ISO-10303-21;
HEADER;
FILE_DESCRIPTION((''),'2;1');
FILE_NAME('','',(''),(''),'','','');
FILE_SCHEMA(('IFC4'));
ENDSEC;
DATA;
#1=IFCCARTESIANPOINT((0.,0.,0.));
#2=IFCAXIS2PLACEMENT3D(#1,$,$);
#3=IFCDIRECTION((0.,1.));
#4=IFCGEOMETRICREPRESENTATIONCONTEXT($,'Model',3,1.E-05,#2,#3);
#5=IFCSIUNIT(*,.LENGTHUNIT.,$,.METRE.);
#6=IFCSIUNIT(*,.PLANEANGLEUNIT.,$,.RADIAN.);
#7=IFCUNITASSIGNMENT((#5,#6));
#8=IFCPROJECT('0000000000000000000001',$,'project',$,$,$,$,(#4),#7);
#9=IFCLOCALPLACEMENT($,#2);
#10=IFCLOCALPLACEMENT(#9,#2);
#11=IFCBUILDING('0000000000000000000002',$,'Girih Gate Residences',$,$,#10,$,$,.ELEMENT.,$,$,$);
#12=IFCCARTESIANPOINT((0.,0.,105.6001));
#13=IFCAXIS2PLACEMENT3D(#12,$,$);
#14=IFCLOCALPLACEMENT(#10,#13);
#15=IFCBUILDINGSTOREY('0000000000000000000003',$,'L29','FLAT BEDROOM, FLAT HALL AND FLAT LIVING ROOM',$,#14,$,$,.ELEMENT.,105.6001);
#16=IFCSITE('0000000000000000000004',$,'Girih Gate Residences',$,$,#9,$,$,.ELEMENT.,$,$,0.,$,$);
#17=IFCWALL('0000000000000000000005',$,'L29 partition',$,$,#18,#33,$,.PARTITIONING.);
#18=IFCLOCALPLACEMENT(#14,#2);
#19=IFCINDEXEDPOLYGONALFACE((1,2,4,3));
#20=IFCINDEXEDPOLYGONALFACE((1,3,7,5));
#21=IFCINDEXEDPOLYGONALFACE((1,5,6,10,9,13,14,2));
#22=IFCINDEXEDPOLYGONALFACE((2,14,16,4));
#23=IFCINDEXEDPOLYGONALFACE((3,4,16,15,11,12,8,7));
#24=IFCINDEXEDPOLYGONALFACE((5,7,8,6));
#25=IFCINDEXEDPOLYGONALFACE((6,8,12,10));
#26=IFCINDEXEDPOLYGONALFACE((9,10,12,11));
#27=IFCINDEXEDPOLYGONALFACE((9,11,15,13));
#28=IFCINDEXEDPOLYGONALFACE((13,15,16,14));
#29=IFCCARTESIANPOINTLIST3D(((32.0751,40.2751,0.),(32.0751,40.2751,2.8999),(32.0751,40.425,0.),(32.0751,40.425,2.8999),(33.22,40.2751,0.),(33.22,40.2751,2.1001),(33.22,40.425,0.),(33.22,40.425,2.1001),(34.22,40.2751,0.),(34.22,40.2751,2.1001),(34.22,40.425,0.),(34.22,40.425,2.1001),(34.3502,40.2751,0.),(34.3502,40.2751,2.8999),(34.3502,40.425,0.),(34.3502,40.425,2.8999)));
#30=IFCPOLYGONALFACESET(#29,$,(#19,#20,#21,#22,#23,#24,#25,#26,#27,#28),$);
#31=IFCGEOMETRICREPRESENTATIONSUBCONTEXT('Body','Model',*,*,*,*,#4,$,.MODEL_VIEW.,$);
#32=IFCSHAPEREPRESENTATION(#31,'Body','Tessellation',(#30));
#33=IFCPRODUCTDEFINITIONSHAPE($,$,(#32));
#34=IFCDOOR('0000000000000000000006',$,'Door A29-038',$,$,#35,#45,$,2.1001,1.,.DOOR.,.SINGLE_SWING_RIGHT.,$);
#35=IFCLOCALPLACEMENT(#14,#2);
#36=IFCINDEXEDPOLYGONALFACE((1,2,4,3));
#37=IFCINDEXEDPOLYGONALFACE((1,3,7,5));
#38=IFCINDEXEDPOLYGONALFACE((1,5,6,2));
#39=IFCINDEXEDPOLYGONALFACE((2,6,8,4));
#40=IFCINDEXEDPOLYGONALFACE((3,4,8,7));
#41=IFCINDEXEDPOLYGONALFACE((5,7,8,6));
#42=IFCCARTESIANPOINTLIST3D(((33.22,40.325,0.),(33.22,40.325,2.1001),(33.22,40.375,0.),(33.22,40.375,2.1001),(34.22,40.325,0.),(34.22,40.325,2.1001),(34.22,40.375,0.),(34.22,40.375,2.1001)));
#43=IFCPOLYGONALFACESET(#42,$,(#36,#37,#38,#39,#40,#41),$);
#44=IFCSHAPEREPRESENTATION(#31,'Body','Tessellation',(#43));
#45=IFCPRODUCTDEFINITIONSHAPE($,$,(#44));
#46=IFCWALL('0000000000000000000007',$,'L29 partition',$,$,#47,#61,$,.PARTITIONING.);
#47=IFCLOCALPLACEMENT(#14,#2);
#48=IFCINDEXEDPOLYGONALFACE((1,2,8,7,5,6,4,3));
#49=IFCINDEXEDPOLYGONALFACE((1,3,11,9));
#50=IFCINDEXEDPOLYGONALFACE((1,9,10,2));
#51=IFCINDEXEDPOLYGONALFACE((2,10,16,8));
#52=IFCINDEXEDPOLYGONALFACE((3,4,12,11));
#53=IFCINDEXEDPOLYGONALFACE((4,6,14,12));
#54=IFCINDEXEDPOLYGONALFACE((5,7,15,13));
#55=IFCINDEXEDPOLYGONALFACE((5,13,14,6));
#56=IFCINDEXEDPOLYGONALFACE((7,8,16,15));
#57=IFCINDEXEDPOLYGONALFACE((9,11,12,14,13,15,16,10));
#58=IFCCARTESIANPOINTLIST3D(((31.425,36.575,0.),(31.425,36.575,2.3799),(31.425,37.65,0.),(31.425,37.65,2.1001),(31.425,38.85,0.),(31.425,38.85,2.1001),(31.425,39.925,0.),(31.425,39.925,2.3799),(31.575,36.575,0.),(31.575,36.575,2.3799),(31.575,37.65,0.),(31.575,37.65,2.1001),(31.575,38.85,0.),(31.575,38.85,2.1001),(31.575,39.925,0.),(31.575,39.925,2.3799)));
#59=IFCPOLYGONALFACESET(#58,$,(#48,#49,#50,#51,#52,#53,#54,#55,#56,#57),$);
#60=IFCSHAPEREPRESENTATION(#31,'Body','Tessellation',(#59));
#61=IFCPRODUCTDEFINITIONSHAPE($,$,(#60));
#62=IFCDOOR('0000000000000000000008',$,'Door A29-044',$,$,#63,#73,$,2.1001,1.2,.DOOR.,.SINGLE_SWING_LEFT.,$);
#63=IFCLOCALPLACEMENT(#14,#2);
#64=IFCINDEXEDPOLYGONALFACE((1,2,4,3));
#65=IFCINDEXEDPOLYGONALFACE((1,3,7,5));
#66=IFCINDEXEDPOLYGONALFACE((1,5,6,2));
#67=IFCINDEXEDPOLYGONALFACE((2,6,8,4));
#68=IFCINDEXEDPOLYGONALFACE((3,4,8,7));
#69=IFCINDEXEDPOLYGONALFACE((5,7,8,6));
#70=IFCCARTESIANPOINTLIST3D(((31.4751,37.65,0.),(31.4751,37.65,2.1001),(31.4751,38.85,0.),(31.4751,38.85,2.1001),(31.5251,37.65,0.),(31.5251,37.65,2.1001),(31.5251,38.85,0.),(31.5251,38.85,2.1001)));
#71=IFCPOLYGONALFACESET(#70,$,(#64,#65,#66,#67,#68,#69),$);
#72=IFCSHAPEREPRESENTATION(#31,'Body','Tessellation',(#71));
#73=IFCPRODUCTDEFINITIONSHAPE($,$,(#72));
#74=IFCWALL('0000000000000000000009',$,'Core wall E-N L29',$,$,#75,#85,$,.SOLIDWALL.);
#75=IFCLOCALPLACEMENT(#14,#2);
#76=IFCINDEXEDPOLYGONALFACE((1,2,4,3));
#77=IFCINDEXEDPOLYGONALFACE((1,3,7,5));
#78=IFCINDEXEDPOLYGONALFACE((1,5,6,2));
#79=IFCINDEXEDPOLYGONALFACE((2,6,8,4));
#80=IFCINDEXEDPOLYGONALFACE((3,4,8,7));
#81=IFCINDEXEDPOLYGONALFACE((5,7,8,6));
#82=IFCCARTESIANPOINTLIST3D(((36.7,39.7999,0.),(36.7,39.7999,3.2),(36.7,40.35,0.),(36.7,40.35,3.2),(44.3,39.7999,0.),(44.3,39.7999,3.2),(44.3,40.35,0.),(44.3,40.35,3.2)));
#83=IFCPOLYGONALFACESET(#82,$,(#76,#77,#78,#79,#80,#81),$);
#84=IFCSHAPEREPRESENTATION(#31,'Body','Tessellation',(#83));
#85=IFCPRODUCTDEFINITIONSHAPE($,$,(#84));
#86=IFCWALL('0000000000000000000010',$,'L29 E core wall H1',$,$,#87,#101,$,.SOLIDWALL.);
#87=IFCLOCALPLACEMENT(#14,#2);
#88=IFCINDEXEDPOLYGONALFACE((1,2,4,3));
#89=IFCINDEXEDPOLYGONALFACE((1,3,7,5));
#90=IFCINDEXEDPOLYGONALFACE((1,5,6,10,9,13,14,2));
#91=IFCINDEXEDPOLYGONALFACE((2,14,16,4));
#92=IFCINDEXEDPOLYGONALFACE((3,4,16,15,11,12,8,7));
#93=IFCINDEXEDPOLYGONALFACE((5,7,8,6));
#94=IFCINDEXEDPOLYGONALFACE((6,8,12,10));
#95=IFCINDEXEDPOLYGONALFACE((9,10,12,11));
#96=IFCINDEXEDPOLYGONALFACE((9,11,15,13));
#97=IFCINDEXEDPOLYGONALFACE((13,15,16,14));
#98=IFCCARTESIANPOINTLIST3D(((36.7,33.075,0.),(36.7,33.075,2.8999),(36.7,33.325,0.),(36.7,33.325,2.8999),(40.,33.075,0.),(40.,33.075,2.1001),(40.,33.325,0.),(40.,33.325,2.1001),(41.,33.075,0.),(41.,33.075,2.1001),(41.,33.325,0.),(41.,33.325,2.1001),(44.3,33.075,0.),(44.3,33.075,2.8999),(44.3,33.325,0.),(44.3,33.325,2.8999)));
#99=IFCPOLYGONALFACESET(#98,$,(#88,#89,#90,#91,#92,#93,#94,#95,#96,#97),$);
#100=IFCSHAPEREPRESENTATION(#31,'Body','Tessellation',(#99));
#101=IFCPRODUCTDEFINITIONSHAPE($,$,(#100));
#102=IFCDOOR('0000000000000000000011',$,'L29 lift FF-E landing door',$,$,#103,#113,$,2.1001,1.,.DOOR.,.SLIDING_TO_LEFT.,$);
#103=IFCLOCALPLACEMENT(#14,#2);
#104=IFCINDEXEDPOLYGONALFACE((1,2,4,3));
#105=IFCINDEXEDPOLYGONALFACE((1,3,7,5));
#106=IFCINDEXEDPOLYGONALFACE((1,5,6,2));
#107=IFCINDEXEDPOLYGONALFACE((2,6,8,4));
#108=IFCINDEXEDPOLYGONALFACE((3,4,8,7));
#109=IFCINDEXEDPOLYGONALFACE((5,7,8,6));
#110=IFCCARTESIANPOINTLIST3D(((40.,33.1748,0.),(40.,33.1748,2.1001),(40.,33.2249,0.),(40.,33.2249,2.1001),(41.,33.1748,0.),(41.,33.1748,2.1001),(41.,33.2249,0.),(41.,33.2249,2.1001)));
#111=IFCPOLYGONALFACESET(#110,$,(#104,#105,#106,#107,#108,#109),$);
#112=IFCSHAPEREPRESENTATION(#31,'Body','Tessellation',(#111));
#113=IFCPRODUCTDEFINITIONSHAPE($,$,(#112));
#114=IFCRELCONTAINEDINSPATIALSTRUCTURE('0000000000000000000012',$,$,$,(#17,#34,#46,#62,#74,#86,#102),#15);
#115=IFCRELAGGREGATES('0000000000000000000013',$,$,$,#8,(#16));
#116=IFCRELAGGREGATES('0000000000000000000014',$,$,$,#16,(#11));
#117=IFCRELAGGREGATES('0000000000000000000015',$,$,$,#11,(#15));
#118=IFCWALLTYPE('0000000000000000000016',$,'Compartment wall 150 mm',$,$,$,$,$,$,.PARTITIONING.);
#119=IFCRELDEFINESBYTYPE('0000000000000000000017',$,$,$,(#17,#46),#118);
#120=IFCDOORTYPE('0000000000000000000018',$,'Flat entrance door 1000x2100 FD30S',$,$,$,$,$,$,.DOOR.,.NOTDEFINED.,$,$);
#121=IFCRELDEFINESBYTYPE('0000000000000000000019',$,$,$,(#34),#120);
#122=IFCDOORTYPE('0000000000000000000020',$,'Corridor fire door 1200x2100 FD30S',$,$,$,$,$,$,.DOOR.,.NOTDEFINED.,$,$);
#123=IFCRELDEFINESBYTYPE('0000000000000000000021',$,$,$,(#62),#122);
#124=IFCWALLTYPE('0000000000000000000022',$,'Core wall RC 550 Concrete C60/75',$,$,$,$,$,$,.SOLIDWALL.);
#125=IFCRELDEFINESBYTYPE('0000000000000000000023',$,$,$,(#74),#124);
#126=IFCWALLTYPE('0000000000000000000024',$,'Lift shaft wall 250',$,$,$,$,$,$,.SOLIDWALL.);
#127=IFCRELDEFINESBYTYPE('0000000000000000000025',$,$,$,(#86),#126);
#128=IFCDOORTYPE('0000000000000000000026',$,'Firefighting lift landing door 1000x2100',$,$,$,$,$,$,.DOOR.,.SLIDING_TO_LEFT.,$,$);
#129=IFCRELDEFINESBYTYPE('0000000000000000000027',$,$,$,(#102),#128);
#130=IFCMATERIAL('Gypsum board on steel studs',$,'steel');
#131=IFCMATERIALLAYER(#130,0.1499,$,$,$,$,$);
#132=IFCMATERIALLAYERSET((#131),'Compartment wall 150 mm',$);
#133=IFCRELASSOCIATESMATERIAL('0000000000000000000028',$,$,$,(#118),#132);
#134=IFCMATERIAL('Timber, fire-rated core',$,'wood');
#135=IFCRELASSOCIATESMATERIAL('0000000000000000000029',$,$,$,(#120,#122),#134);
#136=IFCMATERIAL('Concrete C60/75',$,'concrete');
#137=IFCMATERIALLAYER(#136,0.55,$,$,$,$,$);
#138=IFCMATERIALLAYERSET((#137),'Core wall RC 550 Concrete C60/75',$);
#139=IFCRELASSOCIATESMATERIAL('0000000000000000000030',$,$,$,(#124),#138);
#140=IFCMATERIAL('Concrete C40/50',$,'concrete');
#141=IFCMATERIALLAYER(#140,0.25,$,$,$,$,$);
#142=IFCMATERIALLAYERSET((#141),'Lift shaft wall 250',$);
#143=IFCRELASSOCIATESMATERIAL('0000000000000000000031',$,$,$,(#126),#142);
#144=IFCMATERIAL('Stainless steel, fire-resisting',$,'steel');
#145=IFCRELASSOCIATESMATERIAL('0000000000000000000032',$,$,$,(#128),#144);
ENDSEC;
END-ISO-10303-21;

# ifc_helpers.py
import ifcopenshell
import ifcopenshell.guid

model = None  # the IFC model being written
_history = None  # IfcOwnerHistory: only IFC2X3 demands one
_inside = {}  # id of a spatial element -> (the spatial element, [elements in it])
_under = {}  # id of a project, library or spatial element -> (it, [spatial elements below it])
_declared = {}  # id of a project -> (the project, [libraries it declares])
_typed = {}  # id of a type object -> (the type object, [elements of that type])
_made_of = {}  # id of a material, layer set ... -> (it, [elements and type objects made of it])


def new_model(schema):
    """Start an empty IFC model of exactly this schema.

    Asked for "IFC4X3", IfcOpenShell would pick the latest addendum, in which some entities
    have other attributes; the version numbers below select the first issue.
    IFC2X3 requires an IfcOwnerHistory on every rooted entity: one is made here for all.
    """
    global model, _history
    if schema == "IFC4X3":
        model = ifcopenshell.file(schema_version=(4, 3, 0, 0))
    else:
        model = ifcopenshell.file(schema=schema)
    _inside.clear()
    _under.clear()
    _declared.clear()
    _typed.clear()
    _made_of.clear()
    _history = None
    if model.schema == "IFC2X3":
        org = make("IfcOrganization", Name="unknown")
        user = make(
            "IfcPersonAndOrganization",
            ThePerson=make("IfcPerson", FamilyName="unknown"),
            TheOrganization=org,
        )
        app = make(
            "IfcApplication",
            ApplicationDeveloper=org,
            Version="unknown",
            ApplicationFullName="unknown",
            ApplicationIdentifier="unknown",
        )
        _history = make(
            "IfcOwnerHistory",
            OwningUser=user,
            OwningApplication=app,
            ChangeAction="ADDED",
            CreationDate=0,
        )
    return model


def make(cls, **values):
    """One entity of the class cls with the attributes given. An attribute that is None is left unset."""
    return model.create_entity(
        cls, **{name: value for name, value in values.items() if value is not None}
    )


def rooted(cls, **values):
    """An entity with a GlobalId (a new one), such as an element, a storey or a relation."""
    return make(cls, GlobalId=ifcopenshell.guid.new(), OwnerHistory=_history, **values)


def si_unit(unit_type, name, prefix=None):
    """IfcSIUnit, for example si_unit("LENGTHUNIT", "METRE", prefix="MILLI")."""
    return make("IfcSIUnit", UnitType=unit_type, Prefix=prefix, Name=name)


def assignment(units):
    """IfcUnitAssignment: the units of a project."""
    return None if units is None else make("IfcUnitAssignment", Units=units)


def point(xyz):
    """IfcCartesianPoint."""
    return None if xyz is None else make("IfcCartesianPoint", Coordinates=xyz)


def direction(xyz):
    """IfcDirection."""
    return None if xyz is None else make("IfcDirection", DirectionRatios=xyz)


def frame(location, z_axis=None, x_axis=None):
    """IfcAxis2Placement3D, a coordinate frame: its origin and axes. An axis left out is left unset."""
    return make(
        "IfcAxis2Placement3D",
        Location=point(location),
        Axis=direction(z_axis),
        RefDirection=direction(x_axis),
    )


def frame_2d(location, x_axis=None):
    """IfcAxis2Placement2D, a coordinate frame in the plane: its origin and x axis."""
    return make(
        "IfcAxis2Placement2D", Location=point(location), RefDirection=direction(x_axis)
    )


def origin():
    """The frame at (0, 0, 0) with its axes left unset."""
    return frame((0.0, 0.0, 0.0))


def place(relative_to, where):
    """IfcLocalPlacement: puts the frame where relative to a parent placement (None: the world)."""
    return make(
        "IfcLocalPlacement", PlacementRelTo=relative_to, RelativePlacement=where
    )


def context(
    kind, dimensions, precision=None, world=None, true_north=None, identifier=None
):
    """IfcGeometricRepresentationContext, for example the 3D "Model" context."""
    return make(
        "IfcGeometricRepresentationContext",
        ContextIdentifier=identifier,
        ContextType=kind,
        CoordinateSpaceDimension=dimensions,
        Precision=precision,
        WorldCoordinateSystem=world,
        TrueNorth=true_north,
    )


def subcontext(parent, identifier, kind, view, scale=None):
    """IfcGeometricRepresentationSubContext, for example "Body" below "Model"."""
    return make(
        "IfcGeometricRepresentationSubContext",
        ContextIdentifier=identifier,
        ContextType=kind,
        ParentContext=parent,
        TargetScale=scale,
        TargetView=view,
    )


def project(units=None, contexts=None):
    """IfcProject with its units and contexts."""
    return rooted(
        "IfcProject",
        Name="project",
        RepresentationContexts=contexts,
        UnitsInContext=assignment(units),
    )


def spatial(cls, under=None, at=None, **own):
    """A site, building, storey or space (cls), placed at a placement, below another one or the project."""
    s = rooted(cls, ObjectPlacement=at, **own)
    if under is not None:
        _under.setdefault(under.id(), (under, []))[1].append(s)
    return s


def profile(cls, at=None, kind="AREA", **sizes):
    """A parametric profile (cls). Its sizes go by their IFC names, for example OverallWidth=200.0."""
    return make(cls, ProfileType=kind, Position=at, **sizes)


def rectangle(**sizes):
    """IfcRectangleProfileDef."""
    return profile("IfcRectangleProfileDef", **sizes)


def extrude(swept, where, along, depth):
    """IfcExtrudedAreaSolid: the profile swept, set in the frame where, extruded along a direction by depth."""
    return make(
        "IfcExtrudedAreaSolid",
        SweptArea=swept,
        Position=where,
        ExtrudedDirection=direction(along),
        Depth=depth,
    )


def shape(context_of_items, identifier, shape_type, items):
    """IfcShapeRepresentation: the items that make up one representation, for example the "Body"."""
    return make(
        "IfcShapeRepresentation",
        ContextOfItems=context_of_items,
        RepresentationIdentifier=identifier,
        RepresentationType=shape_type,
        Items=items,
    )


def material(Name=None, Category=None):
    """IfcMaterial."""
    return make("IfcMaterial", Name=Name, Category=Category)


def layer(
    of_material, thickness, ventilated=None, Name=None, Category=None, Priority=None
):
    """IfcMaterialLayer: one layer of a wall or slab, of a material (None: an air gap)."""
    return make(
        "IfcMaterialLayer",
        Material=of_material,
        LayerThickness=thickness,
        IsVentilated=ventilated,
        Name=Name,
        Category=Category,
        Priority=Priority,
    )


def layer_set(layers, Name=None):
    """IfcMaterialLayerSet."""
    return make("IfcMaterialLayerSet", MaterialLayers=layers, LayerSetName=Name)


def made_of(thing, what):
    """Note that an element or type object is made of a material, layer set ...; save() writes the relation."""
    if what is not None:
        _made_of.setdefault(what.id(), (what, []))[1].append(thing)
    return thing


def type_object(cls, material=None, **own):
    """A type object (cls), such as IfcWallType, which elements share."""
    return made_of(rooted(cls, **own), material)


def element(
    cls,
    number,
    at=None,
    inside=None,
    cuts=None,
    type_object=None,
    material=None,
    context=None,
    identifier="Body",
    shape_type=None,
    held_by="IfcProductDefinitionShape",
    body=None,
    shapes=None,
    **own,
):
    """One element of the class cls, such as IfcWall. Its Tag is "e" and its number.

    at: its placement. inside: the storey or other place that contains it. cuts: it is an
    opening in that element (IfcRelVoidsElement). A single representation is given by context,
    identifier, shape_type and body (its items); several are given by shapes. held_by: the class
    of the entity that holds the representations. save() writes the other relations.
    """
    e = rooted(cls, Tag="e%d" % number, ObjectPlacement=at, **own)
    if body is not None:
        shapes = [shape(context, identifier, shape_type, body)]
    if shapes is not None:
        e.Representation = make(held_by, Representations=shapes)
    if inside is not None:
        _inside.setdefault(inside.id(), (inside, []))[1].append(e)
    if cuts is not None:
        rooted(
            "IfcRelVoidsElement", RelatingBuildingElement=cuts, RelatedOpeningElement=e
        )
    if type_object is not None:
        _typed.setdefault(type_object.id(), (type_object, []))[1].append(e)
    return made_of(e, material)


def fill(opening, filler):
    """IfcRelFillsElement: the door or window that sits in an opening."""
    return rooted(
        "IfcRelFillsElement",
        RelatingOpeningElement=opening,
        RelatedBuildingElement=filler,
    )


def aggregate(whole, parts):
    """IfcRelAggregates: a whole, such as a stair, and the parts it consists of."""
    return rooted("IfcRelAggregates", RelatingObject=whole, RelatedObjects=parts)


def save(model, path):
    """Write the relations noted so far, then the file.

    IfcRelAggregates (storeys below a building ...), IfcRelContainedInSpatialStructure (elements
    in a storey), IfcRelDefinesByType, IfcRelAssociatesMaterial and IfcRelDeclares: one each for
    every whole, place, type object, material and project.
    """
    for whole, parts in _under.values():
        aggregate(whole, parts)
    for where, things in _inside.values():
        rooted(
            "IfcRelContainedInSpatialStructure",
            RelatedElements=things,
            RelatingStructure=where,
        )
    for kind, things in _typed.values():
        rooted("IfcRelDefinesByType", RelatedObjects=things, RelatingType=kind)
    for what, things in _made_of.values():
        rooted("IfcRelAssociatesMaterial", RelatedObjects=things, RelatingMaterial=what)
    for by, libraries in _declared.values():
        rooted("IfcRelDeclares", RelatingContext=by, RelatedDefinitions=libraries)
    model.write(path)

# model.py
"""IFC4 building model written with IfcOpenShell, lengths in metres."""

from ifc_helpers import new_model, si_unit, direction, frame, frame_2d, origin, place, context, subcontext, project, spatial, rectangle, extrude, material, layer, layer_set, type_object, element, fill, save


model = new_model("IFC4")

# Units and contexts
model_context = context("Model", 3, precision=1e-05, world=origin(), true_north=direction((0.0, 1.0)))
body_context = subcontext(model_context, "Body", "Model", "MODEL_VIEW")
ifc_project = project(units=[si_unit("LENGTHUNIT", "METRE"), si_unit("PLANEANGLEUNIT", "RADIAN")], contexts=[model_context])

# Site, building, storey
site_placement = place(None, origin())
site = spatial("IfcSite", under=ifc_project, at=site_placement, Name="Girih Gate Residences", CompositionType="ELEMENT", RefElevation=0.0)
building_placement = place(site_placement, origin())
building = spatial("IfcBuilding", under=site, at=building_placement, Name="Girih Gate Residences", CompositionType="ELEMENT")
storey_placement = place(building_placement, frame((0.0, 0.0, 105.6001)))
storey = spatial("IfcBuildingStorey", under=building, at=storey_placement, Name="L29", Description="FLAT BEDROOM, FLAT HALL AND FLAT LIVING ROOM", CompositionType="ELEMENT", Elevation=105.6001)

# Walls, openings, doors
ifc_material_1 = material(Name="Gypsum board on steel studs", Category="steel")
ifc_layer_1 = layer(ifc_material_1, 0.1499)
ifc_layer_set_1 = layer_set([ifc_layer_1], Name="Compartment wall 150 mm")
wall_type_1 = type_object("IfcWallType", Name="Compartment wall 150 mm", PredefinedType="PARTITIONING", material=ifc_layer_set_1)
wall_1_placement = place(storey_placement, frame((32.075, 40.3501, 0.0), z_axis=(0.0, 0.0, 1.0), x_axis=(1.0, 0.0, 0.0)))
wall_1 = element("IfcWall", 1, at=wall_1_placement, inside=storey, type_object=wall_type_1, Name="L29 partition", PredefinedType="PARTITIONING", context=body_context, shape_type="SweptSolid", body=[
    extrude(rectangle(XDim=2.2751, YDim=0.1499, at=frame_2d((1.1377, 0.0))), origin(), (0.0, 0.0, 1.0), 2.8999),
])
opening_1_placement = place(wall_1_placement, frame((1.145, 0.0, 0.0)))
opening_1 = element("IfcOpeningElement", 2, at=opening_1_placement, cuts=wall_1, PredefinedType="OPENING", context=body_context, shape_type="SweptSolid", body=[
    extrude(rectangle(XDim=1.0, YDim=2.1001, at=frame_2d((0.5, 1.05))), frame((0.0, 0.085, 0.0), z_axis=(0.0, -1.0, 0.0), x_axis=(1.0, 0.0, 0.0)), (0.0, 0.0, 1.0), 0.1699),
])
ifc_material_2 = material(Name="Timber, fire-rated core", Category="wood")
door_type_1 = type_object("IfcDoorType", Name="Flat entrance door 1000x2100 FD30S", OperationType="NOTDEFINED", PredefinedType="DOOR", material=ifc_material_2)
door_1_placement = place(opening_1_placement, origin())
door_1 = element("IfcDoor", 3, at=door_1_placement, inside=storey, type_object=door_type_1, Name="Door A29-038", OperationType="SINGLE_SWING_RIGHT", OverallHeight=2.1001, OverallWidth=1.0, PredefinedType="DOOR", context=body_context, shape_type="SweptSolid", body=[
    extrude(rectangle(XDim=1.0, YDim=2.1001, at=frame_2d((0.5, 1.05))), frame((0.0, 0.0249, 0.0), z_axis=(0.0, -1.0, 0.0), x_axis=(1.0, 0.0, 0.0)), (0.0, 0.0, 1.0), 0.05),
])
fill(opening_1, door_1)
wall_2_placement = place(storey_placement, frame((31.5, 36.575, 0.0), z_axis=(0.0, 0.0, 1.0), x_axis=(0.0, 1.0, 0.0)))
wall_2 = element("IfcWall", 4, at=wall_2_placement, inside=storey, type_object=wall_type_1, Name="L29 partition", PredefinedType="PARTITIONING", context=body_context, shape_type="SweptSolid", body=[
    extrude(rectangle(XDim=3.3501, YDim=0.1499, at=frame_2d((1.675, 0.0))), origin(), (0.0, 0.0, 1.0), 2.3799),
])
opening_2_placement = place(wall_2_placement, frame((1.075, 0.0, 0.0)))
opening_2 = element("IfcOpeningElement", 5, at=opening_2_placement, cuts=wall_2, PredefinedType="OPENING", context=body_context, shape_type="SweptSolid", body=[
    extrude(rectangle(XDim=1.2, YDim=2.1001, at=frame_2d((0.6001, 1.05))), frame((0.0, 0.085, 0.0), z_axis=(0.0, -1.0, 0.0), x_axis=(1.0, 0.0, 0.0)), (0.0, 0.0, 1.0), 0.1699),
])
door_type_2 = type_object("IfcDoorType", Name="Corridor fire door 1200x2100 FD30S", OperationType="NOTDEFINED", PredefinedType="DOOR", material=ifc_material_2)
door_2_placement = place(opening_2_placement, origin())
door_2 = element("IfcDoor", 6, at=door_2_placement, inside=storey, type_object=door_type_2, Name="Door A29-044", OperationType="SINGLE_SWING_LEFT", OverallHeight=2.1001, OverallWidth=1.2, PredefinedType="DOOR", context=body_context, shape_type="SweptSolid", body=[
    extrude(rectangle(XDim=1.2, YDim=2.1001, at=frame_2d((0.6001, 1.05))), frame((0.0, 0.0249, 0.0), z_axis=(0.0, -1.0, 0.0), x_axis=(1.0, 0.0, 0.0)), (0.0, 0.0, 1.0), 0.05),
])
fill(opening_2, door_2)

# Wall
ifc_material_3 = material(Name="Concrete C60/75", Category="concrete")
ifc_layer_2 = layer(ifc_material_3, 0.55)
ifc_layer_set_2 = layer_set([ifc_layer_2], Name="Core wall RC 550 Concrete C60/75")
wall_type_2 = type_object("IfcWallType", Name="Core wall RC 550 Concrete C60/75", PredefinedType="SOLIDWALL", material=ifc_layer_set_2)
wall_3_placement = place(storey_placement, frame((36.7, 40.075, 0.0), z_axis=(0.0, 0.0, 1.0), x_axis=(1.0, 0.0, 0.0)))
element("IfcWall", 7, at=wall_3_placement, inside=storey, type_object=wall_type_2, Name="Core wall E-N L29", PredefinedType="SOLIDWALL", context=body_context, shape_type="SweptSolid", body=[
    extrude(rectangle(XDim=7.6001, YDim=0.55, at=frame_2d((3.8, 0.0))), origin(), (0.0, 0.0, 1.0), 3.2),
])

# Wall, opening, door
ifc_material_4 = material(Name="Concrete C40/50", Category="concrete")
ifc_layer_3 = layer(ifc_material_4, 0.25)
ifc_layer_set_3 = layer_set([ifc_layer_3], Name="Lift shaft wall 250")
wall_type_3 = type_object("IfcWallType", Name="Lift shaft wall 250", PredefinedType="SOLIDWALL", material=ifc_layer_set_3)
wall_4_placement = place(storey_placement, frame((36.7, 33.2, 0.0), z_axis=(0.0, 0.0, 1.0), x_axis=(1.0, 0.0, 0.0)))
wall_4 = element("IfcWall", 8, at=wall_4_placement, inside=storey, type_object=wall_type_3, Name="L29 E core wall H1", PredefinedType="SOLIDWALL", context=body_context, shape_type="SweptSolid", body=[
    extrude(rectangle(XDim=7.6001, YDim=0.25, at=frame_2d((3.8, 0.0))), origin(), (0.0, 0.0, 1.0), 2.8999),
])
opening_3_placement = place(wall_4_placement, frame((3.3, 0.0, 0.0)))
opening_3 = element("IfcOpeningElement", 9, at=opening_3_placement, cuts=wall_4, PredefinedType="OPENING", context=body_context, shape_type="SweptSolid", body=[
    extrude(rectangle(XDim=1.0, YDim=2.1001, at=frame_2d((0.5, 1.05))), frame((0.0, 0.135, 0.0), z_axis=(0.0, -1.0, 0.0), x_axis=(1.0, 0.0, 0.0)), (0.0, 0.0, 1.0), 0.27),
])
ifc_material_5 = material(Name="Stainless steel, fire-resisting", Category="steel")
door_type_3 = type_object("IfcDoorType", Name="Firefighting lift landing door 1000x2100", OperationType="SLIDING_TO_LEFT", PredefinedType="DOOR", material=ifc_material_5)
door_3_placement = place(opening_3_placement, origin())
door_3 = element("IfcDoor", 10, at=door_3_placement, inside=storey, type_object=door_type_3, Name="L29 lift FF-E landing door", OperationType="SLIDING_TO_LEFT", OverallHeight=2.1001, OverallWidth=1.0, PredefinedType="DOOR", context=body_context, shape_type="SweptSolid", body=[
    extrude(rectangle(XDim=1.0, YDim=2.1001, at=frame_2d((0.5, 1.05))), frame((0.0, 0.0249, 0.0), z_axis=(0.0, -1.0, 0.0), x_axis=(1.0, 0.0, 0.0)), (0.0, 0.0, 1.0), 0.05),
])
fill(opening_3, door_3)

save(model, "model.ifc")
